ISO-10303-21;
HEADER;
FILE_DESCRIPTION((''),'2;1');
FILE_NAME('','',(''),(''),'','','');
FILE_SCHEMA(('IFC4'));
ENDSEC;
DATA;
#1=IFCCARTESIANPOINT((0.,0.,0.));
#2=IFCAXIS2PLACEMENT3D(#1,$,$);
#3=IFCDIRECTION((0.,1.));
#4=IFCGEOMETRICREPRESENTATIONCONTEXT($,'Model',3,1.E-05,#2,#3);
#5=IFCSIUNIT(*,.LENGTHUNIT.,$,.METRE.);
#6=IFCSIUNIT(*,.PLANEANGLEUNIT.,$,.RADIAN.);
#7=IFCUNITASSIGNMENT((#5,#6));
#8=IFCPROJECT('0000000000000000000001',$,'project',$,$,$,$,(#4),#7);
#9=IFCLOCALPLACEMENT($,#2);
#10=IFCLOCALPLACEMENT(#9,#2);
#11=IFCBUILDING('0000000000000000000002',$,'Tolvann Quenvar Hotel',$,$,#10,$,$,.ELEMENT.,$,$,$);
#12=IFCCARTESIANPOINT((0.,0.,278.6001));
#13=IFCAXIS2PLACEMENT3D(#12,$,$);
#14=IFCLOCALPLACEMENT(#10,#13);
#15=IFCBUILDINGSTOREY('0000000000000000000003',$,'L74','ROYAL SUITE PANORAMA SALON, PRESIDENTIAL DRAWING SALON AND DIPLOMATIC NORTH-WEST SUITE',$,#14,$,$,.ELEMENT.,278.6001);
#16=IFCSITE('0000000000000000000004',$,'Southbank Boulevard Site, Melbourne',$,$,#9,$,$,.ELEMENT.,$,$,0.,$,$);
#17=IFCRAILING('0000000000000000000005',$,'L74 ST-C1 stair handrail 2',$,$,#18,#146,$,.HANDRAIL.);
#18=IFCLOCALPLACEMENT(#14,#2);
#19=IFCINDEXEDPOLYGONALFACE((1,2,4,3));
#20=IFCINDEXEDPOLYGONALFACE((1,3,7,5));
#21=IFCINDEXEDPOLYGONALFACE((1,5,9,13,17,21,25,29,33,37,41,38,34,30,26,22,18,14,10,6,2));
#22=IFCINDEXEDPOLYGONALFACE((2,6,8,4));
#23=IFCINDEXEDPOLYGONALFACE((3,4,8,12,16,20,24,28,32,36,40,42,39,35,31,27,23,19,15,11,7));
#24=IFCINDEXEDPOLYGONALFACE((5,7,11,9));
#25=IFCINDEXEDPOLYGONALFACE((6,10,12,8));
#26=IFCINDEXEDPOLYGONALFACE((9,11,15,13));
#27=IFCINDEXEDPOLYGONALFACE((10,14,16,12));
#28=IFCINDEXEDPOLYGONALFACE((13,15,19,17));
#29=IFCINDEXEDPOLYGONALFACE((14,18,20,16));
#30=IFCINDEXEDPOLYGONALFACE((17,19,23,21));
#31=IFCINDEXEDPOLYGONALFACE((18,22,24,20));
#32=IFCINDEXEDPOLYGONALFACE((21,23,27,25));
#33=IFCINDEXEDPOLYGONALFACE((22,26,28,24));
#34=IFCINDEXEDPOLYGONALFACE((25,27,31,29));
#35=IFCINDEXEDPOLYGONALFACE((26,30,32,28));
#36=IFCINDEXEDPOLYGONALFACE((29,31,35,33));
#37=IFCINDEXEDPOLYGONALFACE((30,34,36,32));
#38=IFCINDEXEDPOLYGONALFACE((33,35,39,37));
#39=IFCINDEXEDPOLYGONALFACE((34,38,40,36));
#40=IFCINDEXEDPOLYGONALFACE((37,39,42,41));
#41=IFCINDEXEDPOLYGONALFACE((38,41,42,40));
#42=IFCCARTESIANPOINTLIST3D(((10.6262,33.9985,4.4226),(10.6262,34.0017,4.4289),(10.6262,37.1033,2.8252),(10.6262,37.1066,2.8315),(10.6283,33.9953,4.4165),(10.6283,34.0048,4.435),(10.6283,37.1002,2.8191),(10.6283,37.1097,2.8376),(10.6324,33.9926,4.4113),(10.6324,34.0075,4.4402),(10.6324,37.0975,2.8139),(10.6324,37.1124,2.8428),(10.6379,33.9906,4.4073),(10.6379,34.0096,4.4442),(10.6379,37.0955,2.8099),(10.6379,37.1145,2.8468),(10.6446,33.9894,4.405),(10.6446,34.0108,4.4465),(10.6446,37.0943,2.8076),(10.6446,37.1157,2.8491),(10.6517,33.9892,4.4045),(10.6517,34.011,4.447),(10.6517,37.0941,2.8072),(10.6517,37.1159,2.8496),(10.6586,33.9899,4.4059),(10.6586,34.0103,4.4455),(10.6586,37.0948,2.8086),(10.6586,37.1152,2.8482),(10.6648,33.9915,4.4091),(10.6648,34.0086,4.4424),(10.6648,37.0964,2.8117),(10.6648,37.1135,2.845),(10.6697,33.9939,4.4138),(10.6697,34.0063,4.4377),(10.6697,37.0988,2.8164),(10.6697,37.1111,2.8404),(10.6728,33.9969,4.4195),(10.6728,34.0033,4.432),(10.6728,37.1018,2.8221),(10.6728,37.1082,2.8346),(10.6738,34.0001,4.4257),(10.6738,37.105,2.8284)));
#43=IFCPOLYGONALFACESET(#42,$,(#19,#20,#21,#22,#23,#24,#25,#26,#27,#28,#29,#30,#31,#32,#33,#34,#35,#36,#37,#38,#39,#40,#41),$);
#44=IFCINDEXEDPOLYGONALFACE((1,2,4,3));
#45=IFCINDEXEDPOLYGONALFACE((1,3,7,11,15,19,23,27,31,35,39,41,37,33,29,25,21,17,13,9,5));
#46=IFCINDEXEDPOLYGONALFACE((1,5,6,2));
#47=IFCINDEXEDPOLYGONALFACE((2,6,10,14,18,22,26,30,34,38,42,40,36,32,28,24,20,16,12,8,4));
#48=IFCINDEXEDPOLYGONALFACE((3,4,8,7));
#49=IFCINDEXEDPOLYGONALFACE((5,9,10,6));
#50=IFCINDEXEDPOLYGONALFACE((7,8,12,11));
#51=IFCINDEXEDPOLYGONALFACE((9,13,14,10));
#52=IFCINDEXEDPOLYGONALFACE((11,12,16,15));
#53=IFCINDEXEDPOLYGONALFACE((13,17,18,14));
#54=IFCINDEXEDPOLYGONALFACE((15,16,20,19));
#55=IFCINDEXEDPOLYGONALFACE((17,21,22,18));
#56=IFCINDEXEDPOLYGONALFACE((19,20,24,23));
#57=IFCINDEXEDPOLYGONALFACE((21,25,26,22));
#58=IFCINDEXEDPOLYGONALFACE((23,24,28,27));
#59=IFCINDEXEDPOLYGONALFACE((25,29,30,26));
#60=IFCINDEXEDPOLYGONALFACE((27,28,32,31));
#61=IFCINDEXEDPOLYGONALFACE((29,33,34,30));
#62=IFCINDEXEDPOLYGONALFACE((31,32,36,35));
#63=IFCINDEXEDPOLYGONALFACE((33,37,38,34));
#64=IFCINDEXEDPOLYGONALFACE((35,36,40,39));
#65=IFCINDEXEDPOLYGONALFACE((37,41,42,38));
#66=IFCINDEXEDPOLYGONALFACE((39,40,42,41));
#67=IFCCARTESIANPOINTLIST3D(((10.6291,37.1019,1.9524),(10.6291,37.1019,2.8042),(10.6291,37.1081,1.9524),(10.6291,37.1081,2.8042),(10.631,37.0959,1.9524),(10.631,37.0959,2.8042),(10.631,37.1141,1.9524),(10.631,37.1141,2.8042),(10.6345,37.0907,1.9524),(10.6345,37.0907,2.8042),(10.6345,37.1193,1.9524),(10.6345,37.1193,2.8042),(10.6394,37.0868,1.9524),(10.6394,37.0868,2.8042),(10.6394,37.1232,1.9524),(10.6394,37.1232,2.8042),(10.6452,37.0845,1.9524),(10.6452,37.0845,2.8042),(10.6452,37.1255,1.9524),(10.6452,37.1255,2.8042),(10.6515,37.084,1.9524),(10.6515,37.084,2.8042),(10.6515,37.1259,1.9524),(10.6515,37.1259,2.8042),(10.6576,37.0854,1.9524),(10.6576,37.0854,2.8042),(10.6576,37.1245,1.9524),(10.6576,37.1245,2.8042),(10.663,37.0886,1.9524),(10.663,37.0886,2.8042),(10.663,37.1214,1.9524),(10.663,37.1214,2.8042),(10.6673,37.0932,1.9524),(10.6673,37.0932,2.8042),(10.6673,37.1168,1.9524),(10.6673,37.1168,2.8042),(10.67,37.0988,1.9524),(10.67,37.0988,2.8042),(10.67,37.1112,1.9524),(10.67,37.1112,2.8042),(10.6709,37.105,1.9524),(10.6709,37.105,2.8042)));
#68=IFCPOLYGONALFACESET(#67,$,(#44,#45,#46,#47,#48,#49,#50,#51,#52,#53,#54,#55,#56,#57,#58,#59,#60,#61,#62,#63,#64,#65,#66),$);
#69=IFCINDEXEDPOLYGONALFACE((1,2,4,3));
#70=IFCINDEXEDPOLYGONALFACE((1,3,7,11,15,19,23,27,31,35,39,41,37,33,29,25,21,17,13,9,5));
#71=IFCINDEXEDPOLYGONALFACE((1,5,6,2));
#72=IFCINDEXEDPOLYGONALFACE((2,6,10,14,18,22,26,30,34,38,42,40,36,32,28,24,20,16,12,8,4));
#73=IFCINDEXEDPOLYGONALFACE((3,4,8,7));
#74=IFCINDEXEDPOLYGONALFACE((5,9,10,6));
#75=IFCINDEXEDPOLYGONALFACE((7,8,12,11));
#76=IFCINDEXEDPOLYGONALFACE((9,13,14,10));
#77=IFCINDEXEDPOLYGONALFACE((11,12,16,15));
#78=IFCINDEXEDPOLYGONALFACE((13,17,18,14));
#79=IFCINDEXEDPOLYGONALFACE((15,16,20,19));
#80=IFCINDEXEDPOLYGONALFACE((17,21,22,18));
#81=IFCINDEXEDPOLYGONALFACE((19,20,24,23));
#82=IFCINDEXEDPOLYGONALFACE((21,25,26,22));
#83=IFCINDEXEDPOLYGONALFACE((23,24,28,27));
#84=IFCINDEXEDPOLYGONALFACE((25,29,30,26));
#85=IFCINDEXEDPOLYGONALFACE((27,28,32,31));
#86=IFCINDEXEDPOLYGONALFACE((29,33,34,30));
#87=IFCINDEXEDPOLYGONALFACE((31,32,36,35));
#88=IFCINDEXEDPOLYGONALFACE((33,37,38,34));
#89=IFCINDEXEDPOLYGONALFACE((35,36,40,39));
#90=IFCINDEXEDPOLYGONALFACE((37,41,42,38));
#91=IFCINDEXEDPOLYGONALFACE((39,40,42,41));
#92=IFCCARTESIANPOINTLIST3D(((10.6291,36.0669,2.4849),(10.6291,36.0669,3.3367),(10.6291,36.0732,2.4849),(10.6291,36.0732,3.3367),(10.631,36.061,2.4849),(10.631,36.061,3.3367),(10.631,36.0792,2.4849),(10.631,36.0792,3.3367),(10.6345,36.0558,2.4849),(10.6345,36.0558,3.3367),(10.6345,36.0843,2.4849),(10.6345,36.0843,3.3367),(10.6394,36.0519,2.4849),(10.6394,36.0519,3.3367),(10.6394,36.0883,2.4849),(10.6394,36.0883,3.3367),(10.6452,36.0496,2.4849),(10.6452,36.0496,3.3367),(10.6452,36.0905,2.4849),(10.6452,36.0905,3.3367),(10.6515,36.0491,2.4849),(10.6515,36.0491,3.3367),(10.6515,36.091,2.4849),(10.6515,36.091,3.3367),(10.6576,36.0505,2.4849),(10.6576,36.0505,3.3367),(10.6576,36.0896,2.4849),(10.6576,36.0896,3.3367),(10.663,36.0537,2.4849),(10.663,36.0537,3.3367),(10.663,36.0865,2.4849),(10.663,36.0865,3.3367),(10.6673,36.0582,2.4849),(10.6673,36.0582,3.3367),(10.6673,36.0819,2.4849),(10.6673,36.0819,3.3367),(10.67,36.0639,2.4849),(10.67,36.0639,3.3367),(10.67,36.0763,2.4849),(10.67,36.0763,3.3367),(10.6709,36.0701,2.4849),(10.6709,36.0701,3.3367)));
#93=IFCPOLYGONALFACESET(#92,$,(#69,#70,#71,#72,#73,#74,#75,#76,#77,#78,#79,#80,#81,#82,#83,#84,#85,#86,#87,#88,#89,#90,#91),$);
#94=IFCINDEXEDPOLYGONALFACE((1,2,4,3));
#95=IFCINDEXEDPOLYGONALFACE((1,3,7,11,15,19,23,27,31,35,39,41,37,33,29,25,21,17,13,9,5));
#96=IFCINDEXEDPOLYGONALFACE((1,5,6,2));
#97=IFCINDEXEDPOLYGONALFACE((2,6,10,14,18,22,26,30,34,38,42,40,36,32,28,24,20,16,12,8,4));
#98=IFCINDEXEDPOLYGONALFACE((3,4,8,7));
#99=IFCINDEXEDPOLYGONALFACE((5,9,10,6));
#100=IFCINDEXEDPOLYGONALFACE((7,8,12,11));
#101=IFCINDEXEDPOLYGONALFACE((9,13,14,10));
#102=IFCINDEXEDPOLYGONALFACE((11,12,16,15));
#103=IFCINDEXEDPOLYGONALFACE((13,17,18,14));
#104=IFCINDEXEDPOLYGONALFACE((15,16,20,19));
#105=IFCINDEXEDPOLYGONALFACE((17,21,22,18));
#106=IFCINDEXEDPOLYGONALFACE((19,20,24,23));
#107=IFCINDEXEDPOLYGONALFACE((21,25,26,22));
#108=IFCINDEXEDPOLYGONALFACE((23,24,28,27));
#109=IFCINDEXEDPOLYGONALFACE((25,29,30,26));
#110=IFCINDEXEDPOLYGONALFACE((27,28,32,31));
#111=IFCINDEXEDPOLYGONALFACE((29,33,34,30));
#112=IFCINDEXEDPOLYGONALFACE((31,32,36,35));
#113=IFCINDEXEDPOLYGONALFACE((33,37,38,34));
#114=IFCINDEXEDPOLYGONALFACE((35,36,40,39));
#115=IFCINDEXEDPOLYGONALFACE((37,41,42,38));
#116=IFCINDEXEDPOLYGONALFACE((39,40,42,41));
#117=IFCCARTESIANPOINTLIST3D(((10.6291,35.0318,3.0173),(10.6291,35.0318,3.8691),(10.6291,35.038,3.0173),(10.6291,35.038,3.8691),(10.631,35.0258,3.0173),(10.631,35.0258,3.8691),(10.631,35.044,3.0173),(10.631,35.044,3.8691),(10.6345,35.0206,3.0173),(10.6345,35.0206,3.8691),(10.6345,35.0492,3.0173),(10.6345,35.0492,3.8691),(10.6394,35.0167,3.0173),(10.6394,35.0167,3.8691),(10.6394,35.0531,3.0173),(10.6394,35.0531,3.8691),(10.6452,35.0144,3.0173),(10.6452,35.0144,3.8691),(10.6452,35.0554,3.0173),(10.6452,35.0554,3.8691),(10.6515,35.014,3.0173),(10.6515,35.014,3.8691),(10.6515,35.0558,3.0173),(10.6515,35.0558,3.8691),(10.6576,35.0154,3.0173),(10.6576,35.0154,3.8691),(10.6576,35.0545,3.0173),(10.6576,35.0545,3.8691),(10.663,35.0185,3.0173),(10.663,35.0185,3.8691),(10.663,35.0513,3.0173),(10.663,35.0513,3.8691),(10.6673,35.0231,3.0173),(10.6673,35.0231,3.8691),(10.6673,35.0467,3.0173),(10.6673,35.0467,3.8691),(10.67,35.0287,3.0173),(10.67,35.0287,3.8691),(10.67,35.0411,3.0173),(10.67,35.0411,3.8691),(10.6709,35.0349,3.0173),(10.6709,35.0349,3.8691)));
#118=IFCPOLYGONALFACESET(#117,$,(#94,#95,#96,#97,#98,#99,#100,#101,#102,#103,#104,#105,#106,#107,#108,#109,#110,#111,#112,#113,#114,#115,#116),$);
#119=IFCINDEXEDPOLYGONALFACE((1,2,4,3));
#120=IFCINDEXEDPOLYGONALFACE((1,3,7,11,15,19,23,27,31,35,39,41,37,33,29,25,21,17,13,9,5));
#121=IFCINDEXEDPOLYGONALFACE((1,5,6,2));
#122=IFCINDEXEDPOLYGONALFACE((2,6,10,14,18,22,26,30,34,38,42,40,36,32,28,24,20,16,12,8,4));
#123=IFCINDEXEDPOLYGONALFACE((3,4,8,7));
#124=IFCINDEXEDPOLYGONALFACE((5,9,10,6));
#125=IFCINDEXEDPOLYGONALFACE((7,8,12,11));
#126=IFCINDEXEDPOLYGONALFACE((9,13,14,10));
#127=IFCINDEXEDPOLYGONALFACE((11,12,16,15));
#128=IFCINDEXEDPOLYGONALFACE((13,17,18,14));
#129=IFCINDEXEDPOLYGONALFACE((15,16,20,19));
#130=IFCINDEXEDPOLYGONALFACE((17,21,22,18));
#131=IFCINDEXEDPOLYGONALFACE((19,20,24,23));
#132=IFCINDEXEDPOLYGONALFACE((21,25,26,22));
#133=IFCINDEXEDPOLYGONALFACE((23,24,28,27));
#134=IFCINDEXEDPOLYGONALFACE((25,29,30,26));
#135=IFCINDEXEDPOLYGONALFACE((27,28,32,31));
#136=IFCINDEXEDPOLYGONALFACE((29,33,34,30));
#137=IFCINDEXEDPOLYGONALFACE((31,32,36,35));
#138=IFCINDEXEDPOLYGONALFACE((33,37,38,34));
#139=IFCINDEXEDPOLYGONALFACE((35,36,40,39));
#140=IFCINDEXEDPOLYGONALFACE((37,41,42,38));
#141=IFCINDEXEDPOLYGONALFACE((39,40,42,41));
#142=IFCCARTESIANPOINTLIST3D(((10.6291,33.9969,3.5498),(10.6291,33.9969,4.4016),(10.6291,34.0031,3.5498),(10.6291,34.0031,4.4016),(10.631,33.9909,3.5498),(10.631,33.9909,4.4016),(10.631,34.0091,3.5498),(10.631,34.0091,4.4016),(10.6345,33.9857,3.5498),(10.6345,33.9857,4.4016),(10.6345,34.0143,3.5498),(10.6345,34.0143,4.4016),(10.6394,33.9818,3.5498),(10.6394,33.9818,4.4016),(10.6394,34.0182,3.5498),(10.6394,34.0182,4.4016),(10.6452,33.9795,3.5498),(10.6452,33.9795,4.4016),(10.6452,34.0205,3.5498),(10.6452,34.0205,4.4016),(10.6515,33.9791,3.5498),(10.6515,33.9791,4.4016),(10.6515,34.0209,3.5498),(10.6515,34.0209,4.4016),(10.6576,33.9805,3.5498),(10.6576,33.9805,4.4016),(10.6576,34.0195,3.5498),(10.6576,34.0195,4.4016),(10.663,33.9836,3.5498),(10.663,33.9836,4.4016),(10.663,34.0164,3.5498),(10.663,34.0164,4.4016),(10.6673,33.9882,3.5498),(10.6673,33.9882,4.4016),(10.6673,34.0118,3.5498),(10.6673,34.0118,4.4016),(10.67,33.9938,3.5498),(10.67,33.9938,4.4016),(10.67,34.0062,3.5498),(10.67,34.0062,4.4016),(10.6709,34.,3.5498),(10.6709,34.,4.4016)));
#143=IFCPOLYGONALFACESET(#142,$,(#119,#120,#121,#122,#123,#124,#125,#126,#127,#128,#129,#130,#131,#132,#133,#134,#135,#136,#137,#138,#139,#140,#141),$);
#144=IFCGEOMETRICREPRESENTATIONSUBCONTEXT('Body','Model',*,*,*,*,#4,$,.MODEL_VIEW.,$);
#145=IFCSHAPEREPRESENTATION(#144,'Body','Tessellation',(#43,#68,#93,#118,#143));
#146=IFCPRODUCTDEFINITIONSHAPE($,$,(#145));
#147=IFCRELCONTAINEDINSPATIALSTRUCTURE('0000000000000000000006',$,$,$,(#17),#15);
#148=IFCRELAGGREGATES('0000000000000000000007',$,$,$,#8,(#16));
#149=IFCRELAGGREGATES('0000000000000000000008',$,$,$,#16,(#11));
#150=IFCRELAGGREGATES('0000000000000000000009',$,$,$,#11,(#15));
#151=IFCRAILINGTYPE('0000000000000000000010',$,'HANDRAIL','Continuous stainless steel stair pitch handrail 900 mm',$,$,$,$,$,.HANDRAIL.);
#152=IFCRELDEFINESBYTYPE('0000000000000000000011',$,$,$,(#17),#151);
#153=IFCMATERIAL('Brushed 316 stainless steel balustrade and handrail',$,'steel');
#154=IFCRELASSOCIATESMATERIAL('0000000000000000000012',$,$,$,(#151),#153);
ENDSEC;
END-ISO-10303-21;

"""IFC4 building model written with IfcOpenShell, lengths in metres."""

from ifc_helpers import new_model, si_unit, direction, frame, origin, origin_2d, place, context, subcontext, project, spatial, circle, extrude, material, type_object, element, save


model = new_model("IFC4")

# Units and contexts
model_context = context("Model", 3, precision=1e-05, world=origin(), true_north=direction((0.0, 1.0)))
body_context = subcontext(model_context, "Body", "Model", "MODEL_VIEW")
ifc_project = project(units=[si_unit("LENGTHUNIT", "METRE"), si_unit("PLANEANGLEUNIT", "RADIAN")], contexts=[model_context])

# Site, building, storey
site_placement = place(None, origin())
site = spatial("IfcSite", under=ifc_project, at=site_placement, Name="Southbank Boulevard Site, Melbourne", CompositionType="ELEMENT", RefElevation=0.0)
building_placement = place(site_placement, origin())
building = spatial("IfcBuilding", under=site, at=building_placement, Name="Tolvann Quenvar Hotel", CompositionType="ELEMENT")
storey_placement = place(building_placement, frame((0.0, 0.0, 278.6001)))
storey = spatial("IfcBuildingStorey", under=building, at=storey_placement, Name="L74", Description="ROYAL SUITE PANORAMA SALON, PRESIDENTIAL DRAWING SALON AND DIPLOMATIC NORTH-WEST SUITE", CompositionType="ELEMENT", Elevation=278.6001)

# Railing
ifc_material_1 = material(Name="Brushed 316 stainless steel balustrade and handrail", Category="steel")
railing_type_1 = type_object("IfcRailingType", Name="HANDRAIL", Description="Continuous stainless steel stair pitch handrail 900 mm", PredefinedType="HANDRAIL", material=ifc_material_1)
railing_1_placement = place(storey_placement, frame((10.6499, 37.105, 1.9524)))
element("IfcRailing", 1, at=railing_1_placement, inside=storey, type_object=railing_type_1, Name="L74 ST-C1 stair handrail 2", PredefinedType="HANDRAIL", context=body_context, shape_type="SweptSolid", body=[
    extrude(circle(Radius=0.0239, at=origin_2d()), frame((0.0, 0.0, 0.876), z_axis=(0.0, -0.889222, 0.457476), x_axis=(1.0, 0.0, 0.0)), (0.0, 0.0, 1.0), 3.4917),
    extrude(circle(Radius=0.021, at=origin_2d()), origin(), (0.0, 0.0, 1.0), 0.8518),
    extrude(circle(Radius=0.021, at=origin_2d()), frame((0.0, -1.0349, 0.5325)), (0.0, 0.0, 1.0), 0.8518),
    extrude(circle(Radius=0.021, at=origin_2d()), frame((0.0, -2.0701, 1.0649)), (0.0, 0.0, 1.0), 0.8518),
    extrude(circle(Radius=0.021, at=origin_2d()), frame((0.0, -3.105, 1.5974)), (0.0, 0.0, 1.0), 0.8518),
])

save(model, "model.ifc")
